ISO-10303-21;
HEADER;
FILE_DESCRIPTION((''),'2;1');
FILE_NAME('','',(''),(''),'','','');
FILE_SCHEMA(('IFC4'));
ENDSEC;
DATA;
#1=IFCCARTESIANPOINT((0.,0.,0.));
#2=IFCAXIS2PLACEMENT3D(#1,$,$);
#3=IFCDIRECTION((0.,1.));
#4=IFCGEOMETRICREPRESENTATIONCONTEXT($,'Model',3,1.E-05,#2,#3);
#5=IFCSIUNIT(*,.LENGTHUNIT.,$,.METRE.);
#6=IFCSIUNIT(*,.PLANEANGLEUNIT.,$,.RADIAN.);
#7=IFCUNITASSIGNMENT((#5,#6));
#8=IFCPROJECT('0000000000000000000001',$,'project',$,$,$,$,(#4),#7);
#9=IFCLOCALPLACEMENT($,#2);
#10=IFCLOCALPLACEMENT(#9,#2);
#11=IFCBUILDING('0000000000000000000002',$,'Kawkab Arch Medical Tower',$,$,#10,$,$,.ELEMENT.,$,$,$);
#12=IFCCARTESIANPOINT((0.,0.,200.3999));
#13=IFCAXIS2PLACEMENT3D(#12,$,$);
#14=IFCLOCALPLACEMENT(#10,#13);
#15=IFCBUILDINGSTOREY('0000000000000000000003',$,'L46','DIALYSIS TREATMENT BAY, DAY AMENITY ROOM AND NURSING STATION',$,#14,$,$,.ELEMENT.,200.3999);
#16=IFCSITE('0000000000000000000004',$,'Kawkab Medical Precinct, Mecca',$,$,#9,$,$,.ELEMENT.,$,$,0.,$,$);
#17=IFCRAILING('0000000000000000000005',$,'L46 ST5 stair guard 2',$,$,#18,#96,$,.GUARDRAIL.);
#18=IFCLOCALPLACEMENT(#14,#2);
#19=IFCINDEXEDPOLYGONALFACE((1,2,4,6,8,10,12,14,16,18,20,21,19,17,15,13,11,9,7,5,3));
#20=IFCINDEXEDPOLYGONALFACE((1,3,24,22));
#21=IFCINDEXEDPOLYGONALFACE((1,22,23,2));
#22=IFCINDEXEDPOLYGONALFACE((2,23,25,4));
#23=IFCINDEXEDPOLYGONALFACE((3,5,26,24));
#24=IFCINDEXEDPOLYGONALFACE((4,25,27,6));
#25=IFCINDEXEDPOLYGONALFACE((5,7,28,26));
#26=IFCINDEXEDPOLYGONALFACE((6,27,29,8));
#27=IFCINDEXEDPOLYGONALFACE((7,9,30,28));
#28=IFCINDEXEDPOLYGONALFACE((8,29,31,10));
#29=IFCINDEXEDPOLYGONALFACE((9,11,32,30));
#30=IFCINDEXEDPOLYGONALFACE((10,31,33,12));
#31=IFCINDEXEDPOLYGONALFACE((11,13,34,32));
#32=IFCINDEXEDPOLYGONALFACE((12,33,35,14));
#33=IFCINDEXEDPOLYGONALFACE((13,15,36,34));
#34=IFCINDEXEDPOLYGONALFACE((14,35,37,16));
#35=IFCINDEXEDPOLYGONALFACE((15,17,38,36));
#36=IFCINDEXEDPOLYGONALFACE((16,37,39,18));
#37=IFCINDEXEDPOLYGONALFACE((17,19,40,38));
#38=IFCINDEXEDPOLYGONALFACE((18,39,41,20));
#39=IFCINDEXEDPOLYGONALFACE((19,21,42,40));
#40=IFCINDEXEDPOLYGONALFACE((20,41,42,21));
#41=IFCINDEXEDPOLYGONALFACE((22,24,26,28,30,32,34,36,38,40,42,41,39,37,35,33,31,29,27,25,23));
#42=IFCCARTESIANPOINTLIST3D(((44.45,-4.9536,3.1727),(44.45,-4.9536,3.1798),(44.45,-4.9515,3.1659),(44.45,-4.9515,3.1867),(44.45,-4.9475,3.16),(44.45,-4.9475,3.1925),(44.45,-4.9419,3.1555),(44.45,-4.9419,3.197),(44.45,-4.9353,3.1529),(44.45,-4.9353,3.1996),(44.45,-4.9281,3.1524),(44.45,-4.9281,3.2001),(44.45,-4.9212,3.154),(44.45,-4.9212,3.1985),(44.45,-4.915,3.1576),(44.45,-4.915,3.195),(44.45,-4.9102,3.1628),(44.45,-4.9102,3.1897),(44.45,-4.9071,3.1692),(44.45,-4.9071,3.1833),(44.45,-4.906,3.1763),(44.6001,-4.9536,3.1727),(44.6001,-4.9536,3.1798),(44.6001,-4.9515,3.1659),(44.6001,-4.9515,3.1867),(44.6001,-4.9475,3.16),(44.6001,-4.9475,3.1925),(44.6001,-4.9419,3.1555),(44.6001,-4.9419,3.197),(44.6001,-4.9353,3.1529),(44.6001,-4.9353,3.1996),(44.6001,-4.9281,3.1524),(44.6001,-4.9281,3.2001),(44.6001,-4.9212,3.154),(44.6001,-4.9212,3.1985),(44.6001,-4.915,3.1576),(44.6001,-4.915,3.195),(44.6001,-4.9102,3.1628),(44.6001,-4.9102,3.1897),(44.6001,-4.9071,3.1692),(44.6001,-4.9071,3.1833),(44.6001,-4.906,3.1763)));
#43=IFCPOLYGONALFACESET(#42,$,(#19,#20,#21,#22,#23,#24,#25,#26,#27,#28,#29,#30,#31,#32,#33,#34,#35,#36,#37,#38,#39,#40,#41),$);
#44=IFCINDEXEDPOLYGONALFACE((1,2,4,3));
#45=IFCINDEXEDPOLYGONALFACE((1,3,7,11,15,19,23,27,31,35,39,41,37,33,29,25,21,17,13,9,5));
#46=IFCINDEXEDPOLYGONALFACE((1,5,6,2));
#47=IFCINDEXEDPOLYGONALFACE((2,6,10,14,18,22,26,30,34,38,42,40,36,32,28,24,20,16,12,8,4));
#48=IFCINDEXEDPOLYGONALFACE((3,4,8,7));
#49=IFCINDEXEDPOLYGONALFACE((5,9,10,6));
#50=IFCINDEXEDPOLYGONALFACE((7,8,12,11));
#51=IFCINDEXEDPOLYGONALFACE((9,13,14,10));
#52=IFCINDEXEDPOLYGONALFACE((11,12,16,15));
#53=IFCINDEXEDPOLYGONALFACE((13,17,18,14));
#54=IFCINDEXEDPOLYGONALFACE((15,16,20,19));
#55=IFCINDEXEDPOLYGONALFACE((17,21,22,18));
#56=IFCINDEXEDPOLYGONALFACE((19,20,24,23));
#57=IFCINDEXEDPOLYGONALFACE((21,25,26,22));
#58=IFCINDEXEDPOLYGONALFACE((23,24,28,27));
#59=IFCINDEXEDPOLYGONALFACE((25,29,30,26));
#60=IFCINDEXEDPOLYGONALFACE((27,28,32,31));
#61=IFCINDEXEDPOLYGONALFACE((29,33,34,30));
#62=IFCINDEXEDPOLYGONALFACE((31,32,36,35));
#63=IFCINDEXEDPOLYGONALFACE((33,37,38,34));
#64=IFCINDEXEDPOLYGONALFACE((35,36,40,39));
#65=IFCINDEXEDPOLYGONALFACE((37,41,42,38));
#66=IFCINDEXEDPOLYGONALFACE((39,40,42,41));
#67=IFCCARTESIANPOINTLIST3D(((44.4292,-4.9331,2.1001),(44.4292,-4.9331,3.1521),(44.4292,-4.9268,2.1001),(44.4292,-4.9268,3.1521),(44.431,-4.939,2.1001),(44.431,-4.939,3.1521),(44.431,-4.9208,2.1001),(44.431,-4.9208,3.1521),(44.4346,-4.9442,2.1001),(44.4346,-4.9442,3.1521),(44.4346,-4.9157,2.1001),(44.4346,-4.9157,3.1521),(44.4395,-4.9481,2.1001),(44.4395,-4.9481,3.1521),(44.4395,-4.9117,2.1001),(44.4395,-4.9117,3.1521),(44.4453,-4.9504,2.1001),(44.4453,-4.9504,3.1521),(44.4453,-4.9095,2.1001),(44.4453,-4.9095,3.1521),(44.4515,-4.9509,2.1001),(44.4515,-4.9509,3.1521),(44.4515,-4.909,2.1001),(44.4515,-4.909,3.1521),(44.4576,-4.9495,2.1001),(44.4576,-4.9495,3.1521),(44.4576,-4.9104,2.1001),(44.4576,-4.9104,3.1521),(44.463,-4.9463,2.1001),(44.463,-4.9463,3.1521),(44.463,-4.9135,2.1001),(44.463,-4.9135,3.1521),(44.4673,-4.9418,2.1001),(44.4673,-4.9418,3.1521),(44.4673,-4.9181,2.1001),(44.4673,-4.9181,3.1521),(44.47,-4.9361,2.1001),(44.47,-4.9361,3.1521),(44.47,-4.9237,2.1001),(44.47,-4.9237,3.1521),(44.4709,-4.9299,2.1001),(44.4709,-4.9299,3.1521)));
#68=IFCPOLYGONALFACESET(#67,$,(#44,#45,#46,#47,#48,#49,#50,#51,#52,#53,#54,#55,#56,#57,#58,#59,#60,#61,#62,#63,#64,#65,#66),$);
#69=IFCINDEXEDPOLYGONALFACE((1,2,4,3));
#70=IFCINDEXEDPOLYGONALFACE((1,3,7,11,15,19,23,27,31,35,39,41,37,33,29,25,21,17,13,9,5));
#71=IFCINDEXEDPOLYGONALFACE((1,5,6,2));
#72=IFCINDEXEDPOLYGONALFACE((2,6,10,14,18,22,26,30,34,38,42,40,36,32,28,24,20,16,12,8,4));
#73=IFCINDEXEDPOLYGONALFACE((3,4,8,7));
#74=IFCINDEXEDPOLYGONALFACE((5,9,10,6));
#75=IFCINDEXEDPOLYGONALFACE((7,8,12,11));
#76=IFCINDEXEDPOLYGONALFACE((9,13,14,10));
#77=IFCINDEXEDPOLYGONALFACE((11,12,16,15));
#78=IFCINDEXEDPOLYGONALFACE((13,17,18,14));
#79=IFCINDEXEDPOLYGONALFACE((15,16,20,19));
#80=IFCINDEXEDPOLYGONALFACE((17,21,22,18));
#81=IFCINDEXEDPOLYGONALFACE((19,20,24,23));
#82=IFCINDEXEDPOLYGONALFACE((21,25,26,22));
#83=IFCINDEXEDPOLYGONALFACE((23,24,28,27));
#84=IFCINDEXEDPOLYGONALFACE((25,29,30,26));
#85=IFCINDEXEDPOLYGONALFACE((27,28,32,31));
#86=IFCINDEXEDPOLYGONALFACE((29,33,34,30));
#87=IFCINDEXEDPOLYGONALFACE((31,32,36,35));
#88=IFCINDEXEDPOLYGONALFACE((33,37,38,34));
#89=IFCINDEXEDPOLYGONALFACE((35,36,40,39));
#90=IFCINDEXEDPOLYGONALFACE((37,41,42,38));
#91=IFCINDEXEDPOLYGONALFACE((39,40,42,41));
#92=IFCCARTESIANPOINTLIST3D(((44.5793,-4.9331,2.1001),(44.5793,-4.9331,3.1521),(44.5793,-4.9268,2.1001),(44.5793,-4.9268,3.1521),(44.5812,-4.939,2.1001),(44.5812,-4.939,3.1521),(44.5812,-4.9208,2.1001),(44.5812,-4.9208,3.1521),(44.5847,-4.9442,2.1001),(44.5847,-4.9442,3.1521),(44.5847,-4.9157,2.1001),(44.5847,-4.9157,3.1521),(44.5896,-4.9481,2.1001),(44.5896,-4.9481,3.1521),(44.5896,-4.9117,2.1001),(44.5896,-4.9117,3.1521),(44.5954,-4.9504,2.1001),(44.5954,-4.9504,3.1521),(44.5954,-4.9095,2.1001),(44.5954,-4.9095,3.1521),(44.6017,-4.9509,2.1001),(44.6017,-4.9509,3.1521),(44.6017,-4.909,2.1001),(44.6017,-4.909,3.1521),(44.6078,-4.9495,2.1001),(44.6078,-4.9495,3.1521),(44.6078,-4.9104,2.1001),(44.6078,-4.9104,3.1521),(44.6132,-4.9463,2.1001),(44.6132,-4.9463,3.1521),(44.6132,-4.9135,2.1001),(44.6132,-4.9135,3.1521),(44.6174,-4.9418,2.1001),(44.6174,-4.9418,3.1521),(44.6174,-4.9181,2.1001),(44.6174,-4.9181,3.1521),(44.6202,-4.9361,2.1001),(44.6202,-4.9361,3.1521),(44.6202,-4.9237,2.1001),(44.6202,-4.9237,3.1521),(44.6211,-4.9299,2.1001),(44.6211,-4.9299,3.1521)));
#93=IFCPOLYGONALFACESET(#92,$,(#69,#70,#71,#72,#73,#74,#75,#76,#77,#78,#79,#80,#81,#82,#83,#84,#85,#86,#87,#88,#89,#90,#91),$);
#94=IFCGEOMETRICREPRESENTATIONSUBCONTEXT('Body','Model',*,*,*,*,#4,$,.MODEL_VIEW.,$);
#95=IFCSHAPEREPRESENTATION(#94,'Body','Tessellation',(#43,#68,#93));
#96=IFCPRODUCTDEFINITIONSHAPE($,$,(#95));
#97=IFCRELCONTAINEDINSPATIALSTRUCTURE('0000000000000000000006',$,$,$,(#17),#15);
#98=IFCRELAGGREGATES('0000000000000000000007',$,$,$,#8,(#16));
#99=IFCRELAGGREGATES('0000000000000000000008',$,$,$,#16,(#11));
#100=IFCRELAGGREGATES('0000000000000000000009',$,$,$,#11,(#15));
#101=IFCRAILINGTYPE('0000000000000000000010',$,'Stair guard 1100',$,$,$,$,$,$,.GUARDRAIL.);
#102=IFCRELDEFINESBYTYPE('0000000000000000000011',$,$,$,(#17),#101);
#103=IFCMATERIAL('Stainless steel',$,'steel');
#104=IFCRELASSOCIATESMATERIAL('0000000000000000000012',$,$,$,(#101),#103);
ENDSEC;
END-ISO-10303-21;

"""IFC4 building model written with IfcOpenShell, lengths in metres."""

from ifc_helpers import new_model, si_unit, direction, frame, origin, origin_2d, place, context, subcontext, project, spatial, circle, extrude, material, type_object, element, save


model = new_model("IFC4")

# Units and contexts
model_context = context("Model", 3, precision=1e-05, world=origin(), true_north=direction((0.0, 1.0)))
body_context = subcontext(model_context, "Body", "Model", "MODEL_VIEW")
ifc_project = project(units=[si_unit("LENGTHUNIT", "METRE"), si_unit("PLANEANGLEUNIT", "RADIAN")], contexts=[model_context])

# Site, building, storey
site_placement = place(None, origin())
site = spatial("IfcSite", under=ifc_project, at=site_placement, Name="Kawkab Medical Precinct, Mecca", CompositionType="ELEMENT", RefElevation=0.0)
building_placement = place(site_placement, origin())
building = spatial("IfcBuilding", under=site, at=building_placement, Name="Kawkab Arch Medical Tower", CompositionType="ELEMENT")
storey_placement = place(building_placement, frame((0.0, 0.0, 200.3999)))
storey = spatial("IfcBuildingStorey", under=building, at=storey_placement, Name="L46", Description="DIALYSIS TREATMENT BAY, DAY AMENITY ROOM AND NURSING STATION", CompositionType="ELEMENT", Elevation=200.3999)

# Railing
ifc_material_1 = material(Name="Stainless steel", Category="steel")
railing_type = type_object("IfcRailingType", Name="Stair guard 1100", PredefinedType="GUARDRAIL", material=ifc_material_1)
railing_1_placement = place(storey_placement, frame((44.45, -4.9299, 2.1001)))
element("IfcRailing", 1, at=railing_1_placement, inside=storey, type_object=railing_type, Name="L46 ST5 stair guard 2", PredefinedType="GUARDRAIL", context=body_context, shape_type="SweptSolid", body=[
    extrude(circle(Radius=0.0239, at=origin_2d()), frame((0.0, 0.0, 1.0762), z_axis=(1.0, 0.0, 0.0), x_axis=(0.0, 1.0, 0.0)), (0.0, 0.0, 1.0), 0.1501),
    extrude(circle(Radius=0.021, at=origin_2d()), origin(), (0.0, 0.0, 1.0), 1.052),
    extrude(circle(Radius=0.021, at=origin_2d()), frame((0.1501, 0.0, 0.0)), (0.0, 0.0, 1.0), 1.052),
])

save(model, "model.ifc")
